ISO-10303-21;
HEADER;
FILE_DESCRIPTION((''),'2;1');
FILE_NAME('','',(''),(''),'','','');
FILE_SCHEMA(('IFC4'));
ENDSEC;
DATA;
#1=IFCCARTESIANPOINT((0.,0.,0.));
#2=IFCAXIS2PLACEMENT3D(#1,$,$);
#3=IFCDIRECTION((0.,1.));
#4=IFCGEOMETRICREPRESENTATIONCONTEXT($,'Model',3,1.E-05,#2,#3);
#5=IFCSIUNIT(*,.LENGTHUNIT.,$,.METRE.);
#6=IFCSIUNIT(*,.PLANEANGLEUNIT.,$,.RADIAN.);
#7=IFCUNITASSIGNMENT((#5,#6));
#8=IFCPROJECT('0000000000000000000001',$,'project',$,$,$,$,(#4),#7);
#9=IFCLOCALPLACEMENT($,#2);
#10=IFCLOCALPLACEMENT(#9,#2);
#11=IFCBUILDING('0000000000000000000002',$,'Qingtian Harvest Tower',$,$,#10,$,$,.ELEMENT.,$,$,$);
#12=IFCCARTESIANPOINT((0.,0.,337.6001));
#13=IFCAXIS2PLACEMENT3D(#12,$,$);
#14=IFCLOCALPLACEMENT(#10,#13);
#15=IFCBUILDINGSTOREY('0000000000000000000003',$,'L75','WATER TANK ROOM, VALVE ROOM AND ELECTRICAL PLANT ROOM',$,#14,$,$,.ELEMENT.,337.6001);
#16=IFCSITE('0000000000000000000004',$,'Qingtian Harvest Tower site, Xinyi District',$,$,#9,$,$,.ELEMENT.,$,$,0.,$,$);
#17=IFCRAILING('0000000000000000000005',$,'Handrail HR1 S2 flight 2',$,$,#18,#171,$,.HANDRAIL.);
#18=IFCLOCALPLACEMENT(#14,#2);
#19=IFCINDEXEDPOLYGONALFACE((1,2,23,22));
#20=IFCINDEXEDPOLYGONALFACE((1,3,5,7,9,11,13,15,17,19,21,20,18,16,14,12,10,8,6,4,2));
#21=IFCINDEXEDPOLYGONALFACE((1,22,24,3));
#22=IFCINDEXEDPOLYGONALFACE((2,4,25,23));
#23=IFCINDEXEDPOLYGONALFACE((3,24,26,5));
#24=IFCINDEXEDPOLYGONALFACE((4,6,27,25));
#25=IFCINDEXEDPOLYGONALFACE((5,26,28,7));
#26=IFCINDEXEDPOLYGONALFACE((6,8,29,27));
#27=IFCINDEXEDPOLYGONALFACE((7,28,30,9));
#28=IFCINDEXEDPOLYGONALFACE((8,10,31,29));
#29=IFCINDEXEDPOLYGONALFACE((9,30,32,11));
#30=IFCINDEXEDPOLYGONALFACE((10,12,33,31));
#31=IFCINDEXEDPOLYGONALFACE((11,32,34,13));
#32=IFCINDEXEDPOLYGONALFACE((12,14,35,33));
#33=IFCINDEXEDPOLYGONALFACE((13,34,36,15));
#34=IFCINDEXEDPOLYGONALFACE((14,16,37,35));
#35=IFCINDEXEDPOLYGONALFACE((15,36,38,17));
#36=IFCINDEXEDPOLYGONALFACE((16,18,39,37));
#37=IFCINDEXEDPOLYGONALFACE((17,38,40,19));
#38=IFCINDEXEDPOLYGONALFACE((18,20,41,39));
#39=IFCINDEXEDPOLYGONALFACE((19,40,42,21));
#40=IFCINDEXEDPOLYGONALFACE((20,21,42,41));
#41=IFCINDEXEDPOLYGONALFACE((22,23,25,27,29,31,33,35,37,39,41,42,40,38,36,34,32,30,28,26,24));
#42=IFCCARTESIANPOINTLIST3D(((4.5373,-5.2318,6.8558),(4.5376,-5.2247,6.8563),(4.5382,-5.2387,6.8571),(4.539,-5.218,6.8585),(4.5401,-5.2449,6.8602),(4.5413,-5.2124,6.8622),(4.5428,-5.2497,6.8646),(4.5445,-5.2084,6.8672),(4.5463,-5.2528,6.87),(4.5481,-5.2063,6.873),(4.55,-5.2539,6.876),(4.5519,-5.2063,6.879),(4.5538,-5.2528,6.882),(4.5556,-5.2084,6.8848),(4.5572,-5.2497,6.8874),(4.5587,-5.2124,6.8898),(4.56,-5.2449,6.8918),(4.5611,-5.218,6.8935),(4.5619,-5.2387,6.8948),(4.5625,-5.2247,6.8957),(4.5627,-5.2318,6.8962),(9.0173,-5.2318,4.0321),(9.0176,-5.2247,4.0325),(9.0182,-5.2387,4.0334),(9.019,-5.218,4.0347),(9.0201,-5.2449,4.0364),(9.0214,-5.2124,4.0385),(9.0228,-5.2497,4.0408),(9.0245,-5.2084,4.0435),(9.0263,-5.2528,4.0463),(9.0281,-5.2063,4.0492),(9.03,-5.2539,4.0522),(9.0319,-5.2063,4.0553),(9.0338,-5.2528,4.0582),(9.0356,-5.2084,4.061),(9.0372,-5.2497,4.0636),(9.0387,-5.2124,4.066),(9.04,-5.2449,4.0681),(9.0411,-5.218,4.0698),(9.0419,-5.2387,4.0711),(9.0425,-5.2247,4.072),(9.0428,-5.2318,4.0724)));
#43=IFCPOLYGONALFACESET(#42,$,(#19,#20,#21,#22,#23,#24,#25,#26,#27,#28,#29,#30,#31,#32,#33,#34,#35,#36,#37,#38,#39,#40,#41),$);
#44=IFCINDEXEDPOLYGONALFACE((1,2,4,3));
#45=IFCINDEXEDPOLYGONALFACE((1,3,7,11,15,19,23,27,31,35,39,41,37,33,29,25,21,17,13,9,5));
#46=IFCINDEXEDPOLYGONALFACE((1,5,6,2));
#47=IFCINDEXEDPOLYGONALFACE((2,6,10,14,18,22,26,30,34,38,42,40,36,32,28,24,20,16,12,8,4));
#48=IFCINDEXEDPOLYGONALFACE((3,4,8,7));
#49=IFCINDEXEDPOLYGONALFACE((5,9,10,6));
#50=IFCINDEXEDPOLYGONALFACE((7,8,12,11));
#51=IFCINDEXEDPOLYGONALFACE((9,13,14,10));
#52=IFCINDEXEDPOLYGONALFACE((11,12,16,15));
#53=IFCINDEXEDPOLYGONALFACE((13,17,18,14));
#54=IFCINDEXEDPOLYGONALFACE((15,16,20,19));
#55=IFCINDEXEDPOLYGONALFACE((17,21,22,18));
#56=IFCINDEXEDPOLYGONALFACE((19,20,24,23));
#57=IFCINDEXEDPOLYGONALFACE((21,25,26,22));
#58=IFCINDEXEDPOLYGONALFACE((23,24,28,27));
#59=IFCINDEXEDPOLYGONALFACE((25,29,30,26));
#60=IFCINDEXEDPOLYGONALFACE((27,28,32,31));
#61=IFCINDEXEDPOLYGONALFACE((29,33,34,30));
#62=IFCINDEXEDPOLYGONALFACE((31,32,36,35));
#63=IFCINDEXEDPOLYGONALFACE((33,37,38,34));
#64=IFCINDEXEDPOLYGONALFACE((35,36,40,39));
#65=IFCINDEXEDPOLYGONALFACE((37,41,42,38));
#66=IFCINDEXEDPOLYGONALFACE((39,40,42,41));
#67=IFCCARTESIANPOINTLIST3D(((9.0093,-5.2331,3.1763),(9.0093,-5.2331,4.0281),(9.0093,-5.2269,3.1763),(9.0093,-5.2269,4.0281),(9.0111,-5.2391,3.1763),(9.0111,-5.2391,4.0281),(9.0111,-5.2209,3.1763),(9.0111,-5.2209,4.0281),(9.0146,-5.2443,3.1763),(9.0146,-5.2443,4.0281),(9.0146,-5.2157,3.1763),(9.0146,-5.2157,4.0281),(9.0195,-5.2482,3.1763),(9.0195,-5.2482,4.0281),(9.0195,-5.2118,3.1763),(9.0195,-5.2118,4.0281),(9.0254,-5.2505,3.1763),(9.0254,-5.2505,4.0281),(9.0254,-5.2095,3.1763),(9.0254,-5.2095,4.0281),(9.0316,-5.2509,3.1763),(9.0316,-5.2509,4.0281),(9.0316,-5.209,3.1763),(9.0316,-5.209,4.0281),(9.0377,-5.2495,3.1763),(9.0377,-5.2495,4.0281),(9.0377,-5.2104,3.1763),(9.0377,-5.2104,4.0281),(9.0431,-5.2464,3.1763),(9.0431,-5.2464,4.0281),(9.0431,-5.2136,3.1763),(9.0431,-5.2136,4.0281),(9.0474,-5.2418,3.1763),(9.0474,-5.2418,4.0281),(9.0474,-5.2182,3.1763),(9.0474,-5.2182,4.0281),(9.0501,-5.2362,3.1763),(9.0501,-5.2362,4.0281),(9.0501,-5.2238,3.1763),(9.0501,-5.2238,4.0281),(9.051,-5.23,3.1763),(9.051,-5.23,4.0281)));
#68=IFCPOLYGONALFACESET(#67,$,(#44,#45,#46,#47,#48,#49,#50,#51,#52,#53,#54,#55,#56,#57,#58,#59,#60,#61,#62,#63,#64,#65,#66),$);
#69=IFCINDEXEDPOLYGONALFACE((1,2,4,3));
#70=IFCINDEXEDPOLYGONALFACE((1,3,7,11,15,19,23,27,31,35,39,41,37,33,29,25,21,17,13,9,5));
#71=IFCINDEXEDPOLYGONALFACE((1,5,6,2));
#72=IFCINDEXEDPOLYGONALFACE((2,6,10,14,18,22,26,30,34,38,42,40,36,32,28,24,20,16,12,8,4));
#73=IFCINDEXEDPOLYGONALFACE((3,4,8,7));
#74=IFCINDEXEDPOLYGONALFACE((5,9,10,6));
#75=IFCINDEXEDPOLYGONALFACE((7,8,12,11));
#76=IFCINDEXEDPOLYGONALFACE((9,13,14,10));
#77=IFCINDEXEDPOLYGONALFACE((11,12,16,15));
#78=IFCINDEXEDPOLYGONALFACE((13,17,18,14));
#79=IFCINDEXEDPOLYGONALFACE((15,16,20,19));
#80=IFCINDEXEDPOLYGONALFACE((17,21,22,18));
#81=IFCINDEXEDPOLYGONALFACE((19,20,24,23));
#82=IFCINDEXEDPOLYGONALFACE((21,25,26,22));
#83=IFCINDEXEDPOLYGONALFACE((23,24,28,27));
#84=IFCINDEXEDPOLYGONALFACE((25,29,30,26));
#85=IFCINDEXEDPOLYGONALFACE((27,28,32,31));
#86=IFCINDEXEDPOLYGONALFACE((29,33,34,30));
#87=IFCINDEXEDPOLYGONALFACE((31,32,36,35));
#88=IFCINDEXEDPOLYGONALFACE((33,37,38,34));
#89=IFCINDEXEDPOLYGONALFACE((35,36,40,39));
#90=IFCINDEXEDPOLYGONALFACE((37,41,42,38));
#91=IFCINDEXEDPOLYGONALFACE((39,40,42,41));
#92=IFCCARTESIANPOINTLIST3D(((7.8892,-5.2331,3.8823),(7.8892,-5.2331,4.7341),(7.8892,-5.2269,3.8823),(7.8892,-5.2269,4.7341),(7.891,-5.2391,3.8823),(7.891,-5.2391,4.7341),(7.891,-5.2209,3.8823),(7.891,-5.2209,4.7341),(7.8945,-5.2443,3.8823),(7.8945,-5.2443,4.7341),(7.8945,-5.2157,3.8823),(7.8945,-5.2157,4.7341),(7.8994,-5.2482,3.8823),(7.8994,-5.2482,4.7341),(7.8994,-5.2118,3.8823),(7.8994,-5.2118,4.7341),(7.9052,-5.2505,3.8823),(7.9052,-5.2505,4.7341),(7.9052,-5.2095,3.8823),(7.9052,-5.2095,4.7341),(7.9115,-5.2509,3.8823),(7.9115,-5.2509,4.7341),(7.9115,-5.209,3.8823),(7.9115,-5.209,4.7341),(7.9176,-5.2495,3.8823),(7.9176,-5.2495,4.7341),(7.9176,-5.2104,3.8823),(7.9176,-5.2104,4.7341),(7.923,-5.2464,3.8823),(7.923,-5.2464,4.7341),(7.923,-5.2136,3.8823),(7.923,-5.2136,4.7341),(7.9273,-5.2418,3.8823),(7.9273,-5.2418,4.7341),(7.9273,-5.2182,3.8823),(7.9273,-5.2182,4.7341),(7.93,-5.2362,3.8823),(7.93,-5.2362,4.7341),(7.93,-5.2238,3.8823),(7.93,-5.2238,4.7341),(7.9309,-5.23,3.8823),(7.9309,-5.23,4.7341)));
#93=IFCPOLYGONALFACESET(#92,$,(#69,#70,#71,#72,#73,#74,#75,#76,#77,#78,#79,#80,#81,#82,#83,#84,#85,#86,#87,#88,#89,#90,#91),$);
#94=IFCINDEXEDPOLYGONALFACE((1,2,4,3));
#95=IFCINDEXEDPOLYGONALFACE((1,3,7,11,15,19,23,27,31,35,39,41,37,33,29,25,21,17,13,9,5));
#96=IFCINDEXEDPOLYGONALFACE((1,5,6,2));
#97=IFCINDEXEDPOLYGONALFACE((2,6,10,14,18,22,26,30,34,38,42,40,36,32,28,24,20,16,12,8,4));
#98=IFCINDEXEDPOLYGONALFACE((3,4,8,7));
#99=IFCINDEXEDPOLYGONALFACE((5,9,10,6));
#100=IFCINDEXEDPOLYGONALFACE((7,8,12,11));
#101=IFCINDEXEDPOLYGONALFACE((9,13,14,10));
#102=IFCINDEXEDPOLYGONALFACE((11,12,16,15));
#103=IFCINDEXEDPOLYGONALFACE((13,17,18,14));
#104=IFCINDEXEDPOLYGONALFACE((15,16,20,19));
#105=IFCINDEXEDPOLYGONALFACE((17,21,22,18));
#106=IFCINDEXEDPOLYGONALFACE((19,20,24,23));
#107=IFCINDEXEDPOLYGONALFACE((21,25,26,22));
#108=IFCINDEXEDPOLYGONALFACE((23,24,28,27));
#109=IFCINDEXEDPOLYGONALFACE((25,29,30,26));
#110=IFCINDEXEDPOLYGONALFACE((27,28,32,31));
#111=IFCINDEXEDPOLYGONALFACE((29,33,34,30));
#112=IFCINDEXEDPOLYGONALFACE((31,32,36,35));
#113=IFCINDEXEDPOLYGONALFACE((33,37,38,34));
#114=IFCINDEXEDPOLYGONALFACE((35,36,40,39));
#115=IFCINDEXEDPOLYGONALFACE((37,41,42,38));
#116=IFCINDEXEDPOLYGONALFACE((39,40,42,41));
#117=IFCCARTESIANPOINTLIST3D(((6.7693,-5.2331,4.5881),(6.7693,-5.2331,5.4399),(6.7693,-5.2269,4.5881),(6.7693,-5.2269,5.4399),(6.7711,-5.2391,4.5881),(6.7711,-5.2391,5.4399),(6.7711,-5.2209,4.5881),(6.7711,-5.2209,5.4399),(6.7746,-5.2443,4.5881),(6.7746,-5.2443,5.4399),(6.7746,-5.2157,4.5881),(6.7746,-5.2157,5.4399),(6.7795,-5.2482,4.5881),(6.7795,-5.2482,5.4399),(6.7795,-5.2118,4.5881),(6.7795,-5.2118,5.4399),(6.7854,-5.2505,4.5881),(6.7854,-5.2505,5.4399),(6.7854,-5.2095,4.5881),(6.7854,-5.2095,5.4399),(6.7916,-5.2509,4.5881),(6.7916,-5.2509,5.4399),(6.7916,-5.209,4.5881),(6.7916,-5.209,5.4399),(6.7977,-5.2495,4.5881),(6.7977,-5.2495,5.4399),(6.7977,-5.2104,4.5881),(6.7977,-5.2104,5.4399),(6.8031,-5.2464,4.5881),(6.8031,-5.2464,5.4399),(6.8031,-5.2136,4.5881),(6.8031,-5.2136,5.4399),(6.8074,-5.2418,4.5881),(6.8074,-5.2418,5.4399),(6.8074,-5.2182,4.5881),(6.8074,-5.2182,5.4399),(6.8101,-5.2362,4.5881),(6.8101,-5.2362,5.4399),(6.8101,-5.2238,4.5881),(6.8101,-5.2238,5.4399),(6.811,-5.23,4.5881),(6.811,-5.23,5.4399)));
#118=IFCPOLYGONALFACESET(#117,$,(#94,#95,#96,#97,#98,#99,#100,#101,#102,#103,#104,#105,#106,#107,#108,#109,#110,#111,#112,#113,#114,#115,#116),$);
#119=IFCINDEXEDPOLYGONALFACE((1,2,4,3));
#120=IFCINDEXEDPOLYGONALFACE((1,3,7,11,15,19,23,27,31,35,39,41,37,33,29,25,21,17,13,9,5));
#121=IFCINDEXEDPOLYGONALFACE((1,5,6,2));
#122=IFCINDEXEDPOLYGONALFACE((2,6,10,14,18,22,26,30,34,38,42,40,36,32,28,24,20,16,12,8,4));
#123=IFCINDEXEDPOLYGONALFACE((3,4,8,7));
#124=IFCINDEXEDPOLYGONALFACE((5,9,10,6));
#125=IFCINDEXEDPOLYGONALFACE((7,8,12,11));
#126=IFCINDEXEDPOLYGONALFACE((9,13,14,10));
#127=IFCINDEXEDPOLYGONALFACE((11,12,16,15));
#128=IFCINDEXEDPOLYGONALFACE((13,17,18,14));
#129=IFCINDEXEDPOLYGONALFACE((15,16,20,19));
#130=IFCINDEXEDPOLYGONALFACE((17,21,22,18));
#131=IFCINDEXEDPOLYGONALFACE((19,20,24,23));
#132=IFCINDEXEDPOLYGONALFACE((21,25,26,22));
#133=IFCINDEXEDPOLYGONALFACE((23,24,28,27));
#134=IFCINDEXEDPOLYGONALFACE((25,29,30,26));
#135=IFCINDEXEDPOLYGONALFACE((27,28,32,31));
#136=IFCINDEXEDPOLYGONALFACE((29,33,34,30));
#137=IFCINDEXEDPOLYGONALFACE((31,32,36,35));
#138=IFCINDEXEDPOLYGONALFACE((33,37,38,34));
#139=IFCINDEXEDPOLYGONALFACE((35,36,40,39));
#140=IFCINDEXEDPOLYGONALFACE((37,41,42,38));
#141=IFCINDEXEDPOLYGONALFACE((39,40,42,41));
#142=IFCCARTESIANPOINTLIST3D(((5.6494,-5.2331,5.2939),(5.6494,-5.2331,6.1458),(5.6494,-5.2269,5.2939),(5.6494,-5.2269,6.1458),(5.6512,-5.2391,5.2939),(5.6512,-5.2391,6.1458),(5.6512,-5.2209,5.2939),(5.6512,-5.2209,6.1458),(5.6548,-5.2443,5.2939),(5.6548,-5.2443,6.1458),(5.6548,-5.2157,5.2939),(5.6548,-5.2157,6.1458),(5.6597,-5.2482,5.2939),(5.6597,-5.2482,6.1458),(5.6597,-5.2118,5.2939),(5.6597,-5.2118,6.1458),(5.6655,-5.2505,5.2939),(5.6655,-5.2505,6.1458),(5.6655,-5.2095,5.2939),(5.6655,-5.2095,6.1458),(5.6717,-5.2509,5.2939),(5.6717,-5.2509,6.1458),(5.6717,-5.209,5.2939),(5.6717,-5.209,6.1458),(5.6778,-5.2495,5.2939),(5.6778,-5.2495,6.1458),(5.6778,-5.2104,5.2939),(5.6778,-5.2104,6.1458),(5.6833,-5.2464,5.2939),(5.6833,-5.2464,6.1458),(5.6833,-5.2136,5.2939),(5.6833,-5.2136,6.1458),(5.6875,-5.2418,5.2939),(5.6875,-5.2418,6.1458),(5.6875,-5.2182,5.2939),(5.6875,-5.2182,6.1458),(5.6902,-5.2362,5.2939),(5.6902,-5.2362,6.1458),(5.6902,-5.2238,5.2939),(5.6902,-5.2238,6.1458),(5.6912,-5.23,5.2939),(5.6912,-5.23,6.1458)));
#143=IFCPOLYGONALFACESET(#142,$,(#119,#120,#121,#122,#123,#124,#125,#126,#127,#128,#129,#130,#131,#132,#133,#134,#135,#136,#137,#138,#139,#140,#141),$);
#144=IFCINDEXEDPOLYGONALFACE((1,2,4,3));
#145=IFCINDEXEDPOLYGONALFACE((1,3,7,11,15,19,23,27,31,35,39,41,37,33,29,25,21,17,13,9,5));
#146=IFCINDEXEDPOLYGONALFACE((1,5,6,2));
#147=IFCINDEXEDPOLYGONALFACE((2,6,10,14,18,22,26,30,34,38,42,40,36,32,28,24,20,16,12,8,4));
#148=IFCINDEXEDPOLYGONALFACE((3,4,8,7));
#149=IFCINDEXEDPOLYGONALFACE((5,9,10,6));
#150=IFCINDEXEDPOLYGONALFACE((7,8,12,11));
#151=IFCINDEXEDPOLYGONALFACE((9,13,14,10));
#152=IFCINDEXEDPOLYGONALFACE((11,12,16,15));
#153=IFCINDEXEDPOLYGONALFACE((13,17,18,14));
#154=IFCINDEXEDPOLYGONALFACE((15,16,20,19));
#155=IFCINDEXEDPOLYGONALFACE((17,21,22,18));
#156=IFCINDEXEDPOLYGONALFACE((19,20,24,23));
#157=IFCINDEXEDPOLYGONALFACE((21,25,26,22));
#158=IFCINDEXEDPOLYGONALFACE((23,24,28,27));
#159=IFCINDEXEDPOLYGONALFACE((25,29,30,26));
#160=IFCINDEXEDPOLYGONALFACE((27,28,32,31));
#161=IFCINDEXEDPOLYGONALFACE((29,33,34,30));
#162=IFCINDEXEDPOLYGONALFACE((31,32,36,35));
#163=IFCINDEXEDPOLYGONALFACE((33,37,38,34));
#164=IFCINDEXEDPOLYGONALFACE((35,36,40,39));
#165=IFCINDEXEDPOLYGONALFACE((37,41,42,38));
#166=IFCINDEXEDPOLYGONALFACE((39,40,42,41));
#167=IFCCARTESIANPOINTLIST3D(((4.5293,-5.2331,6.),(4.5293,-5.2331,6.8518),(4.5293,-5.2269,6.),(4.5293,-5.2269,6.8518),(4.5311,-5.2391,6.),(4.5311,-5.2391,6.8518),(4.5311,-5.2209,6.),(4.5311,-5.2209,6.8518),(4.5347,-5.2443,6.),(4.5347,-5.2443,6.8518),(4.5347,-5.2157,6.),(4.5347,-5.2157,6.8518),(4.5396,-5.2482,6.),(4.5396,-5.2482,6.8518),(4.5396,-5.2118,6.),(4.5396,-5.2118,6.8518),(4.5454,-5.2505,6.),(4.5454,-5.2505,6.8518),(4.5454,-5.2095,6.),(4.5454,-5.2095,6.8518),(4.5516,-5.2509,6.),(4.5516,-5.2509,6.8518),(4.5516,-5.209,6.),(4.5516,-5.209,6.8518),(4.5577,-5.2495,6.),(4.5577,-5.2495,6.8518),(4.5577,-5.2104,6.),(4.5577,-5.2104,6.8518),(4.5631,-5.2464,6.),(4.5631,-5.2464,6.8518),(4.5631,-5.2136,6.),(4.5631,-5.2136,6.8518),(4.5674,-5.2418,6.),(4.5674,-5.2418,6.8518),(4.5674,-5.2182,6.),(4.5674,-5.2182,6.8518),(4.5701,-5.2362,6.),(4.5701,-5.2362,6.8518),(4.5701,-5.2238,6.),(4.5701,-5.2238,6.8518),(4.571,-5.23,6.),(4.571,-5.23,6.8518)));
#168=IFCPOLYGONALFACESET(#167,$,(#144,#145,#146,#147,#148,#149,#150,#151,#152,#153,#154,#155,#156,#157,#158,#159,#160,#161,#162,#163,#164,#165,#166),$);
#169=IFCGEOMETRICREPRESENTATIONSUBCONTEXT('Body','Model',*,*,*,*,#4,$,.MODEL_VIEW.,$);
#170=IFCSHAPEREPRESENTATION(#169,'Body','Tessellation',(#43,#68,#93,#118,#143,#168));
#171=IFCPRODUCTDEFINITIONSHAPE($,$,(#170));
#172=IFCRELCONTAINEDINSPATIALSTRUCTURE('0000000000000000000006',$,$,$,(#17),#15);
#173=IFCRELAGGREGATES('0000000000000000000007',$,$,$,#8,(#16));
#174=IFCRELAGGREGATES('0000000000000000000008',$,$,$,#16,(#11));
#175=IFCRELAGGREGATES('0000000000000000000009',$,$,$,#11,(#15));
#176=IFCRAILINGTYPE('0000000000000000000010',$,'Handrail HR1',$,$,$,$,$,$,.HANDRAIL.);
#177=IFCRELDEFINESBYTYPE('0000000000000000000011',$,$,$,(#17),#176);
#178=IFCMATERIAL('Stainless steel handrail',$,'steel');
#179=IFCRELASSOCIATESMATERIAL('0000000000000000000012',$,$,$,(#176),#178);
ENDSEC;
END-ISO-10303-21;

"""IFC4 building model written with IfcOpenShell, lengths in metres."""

from ifc_helpers import new_model, si_unit, direction, frame, origin, origin_2d, place, context, subcontext, project, spatial, circle, extrude, material, type_object, element, save


model = new_model("IFC4")

# Units and contexts
model_context = context("Model", 3, precision=1e-05, world=origin(), true_north=direction((0.0, 1.0)))
body_context = subcontext(model_context, "Body", "Model", "MODEL_VIEW")
ifc_project = project(units=[si_unit("LENGTHUNIT", "METRE"), si_unit("PLANEANGLEUNIT", "RADIAN")], contexts=[model_context])

# Site, building, storey
site_placement = place(None, origin())
site = spatial("IfcSite", under=ifc_project, at=site_placement, Name="Qingtian Harvest Tower site, Xinyi District", CompositionType="ELEMENT", RefElevation=0.0)
building_placement = place(site_placement, origin())
building = spatial("IfcBuilding", under=site, at=building_placement, Name="Qingtian Harvest Tower", CompositionType="ELEMENT")
storey_placement = place(building_placement, frame((0.0, 0.0, 337.6001)))
storey = spatial("IfcBuildingStorey", under=building, at=storey_placement, Name="L75", Description="WATER TANK ROOM, VALVE ROOM AND ELECTRICAL PLANT ROOM", CompositionType="ELEMENT", Elevation=337.6001)

# Railing
ifc_material_1 = material(Name="Stainless steel handrail", Category="steel")
railing_type = type_object("IfcRailingType", Name="Handrail HR1", PredefinedType="HANDRAIL", material=ifc_material_1)
railing_1_placement = place(storey_placement, frame((9.03, -5.23, 3.1763)))
element("IfcRailing", 1, at=railing_1_placement, inside=storey, type_object=railing_type, Name="Handrail HR1 S2 flight 2", PredefinedType="HANDRAIL", context=body_context, shape_type="SweptSolid", body=[
    extrude(circle(Radius=0.0239, at=origin_2d()), frame((0.0, 0.0, 0.876), z_axis=(-0.845977, 0.0, 0.533219), x_axis=(0.0, -1.0, 0.0)), (0.0, 0.0, 1.0), 5.2957),
    extrude(circle(Radius=0.021, at=origin_2d()), origin(), (0.0, 0.0, 1.0), 0.8518),
    extrude(circle(Radius=0.021, at=origin_2d()), frame((-1.1201, 0.0, 0.7061)), (0.0, 0.0, 1.0), 0.8518),
    extrude(circle(Radius=0.021, at=origin_2d()), frame((-2.24, 0.0, 1.4119)), (0.0, 0.0, 1.0), 0.8518),
    extrude(circle(Radius=0.021, at=origin_2d()), frame((-3.3599, 0.0, 2.1177)), (0.0, 0.0, 1.0), 0.8518),
    extrude(circle(Radius=0.021, at=origin_2d()), frame((-4.48, 0.0, 2.8237)), (0.0, 0.0, 1.0), 0.8518),
])

save(model, "model.ifc")
